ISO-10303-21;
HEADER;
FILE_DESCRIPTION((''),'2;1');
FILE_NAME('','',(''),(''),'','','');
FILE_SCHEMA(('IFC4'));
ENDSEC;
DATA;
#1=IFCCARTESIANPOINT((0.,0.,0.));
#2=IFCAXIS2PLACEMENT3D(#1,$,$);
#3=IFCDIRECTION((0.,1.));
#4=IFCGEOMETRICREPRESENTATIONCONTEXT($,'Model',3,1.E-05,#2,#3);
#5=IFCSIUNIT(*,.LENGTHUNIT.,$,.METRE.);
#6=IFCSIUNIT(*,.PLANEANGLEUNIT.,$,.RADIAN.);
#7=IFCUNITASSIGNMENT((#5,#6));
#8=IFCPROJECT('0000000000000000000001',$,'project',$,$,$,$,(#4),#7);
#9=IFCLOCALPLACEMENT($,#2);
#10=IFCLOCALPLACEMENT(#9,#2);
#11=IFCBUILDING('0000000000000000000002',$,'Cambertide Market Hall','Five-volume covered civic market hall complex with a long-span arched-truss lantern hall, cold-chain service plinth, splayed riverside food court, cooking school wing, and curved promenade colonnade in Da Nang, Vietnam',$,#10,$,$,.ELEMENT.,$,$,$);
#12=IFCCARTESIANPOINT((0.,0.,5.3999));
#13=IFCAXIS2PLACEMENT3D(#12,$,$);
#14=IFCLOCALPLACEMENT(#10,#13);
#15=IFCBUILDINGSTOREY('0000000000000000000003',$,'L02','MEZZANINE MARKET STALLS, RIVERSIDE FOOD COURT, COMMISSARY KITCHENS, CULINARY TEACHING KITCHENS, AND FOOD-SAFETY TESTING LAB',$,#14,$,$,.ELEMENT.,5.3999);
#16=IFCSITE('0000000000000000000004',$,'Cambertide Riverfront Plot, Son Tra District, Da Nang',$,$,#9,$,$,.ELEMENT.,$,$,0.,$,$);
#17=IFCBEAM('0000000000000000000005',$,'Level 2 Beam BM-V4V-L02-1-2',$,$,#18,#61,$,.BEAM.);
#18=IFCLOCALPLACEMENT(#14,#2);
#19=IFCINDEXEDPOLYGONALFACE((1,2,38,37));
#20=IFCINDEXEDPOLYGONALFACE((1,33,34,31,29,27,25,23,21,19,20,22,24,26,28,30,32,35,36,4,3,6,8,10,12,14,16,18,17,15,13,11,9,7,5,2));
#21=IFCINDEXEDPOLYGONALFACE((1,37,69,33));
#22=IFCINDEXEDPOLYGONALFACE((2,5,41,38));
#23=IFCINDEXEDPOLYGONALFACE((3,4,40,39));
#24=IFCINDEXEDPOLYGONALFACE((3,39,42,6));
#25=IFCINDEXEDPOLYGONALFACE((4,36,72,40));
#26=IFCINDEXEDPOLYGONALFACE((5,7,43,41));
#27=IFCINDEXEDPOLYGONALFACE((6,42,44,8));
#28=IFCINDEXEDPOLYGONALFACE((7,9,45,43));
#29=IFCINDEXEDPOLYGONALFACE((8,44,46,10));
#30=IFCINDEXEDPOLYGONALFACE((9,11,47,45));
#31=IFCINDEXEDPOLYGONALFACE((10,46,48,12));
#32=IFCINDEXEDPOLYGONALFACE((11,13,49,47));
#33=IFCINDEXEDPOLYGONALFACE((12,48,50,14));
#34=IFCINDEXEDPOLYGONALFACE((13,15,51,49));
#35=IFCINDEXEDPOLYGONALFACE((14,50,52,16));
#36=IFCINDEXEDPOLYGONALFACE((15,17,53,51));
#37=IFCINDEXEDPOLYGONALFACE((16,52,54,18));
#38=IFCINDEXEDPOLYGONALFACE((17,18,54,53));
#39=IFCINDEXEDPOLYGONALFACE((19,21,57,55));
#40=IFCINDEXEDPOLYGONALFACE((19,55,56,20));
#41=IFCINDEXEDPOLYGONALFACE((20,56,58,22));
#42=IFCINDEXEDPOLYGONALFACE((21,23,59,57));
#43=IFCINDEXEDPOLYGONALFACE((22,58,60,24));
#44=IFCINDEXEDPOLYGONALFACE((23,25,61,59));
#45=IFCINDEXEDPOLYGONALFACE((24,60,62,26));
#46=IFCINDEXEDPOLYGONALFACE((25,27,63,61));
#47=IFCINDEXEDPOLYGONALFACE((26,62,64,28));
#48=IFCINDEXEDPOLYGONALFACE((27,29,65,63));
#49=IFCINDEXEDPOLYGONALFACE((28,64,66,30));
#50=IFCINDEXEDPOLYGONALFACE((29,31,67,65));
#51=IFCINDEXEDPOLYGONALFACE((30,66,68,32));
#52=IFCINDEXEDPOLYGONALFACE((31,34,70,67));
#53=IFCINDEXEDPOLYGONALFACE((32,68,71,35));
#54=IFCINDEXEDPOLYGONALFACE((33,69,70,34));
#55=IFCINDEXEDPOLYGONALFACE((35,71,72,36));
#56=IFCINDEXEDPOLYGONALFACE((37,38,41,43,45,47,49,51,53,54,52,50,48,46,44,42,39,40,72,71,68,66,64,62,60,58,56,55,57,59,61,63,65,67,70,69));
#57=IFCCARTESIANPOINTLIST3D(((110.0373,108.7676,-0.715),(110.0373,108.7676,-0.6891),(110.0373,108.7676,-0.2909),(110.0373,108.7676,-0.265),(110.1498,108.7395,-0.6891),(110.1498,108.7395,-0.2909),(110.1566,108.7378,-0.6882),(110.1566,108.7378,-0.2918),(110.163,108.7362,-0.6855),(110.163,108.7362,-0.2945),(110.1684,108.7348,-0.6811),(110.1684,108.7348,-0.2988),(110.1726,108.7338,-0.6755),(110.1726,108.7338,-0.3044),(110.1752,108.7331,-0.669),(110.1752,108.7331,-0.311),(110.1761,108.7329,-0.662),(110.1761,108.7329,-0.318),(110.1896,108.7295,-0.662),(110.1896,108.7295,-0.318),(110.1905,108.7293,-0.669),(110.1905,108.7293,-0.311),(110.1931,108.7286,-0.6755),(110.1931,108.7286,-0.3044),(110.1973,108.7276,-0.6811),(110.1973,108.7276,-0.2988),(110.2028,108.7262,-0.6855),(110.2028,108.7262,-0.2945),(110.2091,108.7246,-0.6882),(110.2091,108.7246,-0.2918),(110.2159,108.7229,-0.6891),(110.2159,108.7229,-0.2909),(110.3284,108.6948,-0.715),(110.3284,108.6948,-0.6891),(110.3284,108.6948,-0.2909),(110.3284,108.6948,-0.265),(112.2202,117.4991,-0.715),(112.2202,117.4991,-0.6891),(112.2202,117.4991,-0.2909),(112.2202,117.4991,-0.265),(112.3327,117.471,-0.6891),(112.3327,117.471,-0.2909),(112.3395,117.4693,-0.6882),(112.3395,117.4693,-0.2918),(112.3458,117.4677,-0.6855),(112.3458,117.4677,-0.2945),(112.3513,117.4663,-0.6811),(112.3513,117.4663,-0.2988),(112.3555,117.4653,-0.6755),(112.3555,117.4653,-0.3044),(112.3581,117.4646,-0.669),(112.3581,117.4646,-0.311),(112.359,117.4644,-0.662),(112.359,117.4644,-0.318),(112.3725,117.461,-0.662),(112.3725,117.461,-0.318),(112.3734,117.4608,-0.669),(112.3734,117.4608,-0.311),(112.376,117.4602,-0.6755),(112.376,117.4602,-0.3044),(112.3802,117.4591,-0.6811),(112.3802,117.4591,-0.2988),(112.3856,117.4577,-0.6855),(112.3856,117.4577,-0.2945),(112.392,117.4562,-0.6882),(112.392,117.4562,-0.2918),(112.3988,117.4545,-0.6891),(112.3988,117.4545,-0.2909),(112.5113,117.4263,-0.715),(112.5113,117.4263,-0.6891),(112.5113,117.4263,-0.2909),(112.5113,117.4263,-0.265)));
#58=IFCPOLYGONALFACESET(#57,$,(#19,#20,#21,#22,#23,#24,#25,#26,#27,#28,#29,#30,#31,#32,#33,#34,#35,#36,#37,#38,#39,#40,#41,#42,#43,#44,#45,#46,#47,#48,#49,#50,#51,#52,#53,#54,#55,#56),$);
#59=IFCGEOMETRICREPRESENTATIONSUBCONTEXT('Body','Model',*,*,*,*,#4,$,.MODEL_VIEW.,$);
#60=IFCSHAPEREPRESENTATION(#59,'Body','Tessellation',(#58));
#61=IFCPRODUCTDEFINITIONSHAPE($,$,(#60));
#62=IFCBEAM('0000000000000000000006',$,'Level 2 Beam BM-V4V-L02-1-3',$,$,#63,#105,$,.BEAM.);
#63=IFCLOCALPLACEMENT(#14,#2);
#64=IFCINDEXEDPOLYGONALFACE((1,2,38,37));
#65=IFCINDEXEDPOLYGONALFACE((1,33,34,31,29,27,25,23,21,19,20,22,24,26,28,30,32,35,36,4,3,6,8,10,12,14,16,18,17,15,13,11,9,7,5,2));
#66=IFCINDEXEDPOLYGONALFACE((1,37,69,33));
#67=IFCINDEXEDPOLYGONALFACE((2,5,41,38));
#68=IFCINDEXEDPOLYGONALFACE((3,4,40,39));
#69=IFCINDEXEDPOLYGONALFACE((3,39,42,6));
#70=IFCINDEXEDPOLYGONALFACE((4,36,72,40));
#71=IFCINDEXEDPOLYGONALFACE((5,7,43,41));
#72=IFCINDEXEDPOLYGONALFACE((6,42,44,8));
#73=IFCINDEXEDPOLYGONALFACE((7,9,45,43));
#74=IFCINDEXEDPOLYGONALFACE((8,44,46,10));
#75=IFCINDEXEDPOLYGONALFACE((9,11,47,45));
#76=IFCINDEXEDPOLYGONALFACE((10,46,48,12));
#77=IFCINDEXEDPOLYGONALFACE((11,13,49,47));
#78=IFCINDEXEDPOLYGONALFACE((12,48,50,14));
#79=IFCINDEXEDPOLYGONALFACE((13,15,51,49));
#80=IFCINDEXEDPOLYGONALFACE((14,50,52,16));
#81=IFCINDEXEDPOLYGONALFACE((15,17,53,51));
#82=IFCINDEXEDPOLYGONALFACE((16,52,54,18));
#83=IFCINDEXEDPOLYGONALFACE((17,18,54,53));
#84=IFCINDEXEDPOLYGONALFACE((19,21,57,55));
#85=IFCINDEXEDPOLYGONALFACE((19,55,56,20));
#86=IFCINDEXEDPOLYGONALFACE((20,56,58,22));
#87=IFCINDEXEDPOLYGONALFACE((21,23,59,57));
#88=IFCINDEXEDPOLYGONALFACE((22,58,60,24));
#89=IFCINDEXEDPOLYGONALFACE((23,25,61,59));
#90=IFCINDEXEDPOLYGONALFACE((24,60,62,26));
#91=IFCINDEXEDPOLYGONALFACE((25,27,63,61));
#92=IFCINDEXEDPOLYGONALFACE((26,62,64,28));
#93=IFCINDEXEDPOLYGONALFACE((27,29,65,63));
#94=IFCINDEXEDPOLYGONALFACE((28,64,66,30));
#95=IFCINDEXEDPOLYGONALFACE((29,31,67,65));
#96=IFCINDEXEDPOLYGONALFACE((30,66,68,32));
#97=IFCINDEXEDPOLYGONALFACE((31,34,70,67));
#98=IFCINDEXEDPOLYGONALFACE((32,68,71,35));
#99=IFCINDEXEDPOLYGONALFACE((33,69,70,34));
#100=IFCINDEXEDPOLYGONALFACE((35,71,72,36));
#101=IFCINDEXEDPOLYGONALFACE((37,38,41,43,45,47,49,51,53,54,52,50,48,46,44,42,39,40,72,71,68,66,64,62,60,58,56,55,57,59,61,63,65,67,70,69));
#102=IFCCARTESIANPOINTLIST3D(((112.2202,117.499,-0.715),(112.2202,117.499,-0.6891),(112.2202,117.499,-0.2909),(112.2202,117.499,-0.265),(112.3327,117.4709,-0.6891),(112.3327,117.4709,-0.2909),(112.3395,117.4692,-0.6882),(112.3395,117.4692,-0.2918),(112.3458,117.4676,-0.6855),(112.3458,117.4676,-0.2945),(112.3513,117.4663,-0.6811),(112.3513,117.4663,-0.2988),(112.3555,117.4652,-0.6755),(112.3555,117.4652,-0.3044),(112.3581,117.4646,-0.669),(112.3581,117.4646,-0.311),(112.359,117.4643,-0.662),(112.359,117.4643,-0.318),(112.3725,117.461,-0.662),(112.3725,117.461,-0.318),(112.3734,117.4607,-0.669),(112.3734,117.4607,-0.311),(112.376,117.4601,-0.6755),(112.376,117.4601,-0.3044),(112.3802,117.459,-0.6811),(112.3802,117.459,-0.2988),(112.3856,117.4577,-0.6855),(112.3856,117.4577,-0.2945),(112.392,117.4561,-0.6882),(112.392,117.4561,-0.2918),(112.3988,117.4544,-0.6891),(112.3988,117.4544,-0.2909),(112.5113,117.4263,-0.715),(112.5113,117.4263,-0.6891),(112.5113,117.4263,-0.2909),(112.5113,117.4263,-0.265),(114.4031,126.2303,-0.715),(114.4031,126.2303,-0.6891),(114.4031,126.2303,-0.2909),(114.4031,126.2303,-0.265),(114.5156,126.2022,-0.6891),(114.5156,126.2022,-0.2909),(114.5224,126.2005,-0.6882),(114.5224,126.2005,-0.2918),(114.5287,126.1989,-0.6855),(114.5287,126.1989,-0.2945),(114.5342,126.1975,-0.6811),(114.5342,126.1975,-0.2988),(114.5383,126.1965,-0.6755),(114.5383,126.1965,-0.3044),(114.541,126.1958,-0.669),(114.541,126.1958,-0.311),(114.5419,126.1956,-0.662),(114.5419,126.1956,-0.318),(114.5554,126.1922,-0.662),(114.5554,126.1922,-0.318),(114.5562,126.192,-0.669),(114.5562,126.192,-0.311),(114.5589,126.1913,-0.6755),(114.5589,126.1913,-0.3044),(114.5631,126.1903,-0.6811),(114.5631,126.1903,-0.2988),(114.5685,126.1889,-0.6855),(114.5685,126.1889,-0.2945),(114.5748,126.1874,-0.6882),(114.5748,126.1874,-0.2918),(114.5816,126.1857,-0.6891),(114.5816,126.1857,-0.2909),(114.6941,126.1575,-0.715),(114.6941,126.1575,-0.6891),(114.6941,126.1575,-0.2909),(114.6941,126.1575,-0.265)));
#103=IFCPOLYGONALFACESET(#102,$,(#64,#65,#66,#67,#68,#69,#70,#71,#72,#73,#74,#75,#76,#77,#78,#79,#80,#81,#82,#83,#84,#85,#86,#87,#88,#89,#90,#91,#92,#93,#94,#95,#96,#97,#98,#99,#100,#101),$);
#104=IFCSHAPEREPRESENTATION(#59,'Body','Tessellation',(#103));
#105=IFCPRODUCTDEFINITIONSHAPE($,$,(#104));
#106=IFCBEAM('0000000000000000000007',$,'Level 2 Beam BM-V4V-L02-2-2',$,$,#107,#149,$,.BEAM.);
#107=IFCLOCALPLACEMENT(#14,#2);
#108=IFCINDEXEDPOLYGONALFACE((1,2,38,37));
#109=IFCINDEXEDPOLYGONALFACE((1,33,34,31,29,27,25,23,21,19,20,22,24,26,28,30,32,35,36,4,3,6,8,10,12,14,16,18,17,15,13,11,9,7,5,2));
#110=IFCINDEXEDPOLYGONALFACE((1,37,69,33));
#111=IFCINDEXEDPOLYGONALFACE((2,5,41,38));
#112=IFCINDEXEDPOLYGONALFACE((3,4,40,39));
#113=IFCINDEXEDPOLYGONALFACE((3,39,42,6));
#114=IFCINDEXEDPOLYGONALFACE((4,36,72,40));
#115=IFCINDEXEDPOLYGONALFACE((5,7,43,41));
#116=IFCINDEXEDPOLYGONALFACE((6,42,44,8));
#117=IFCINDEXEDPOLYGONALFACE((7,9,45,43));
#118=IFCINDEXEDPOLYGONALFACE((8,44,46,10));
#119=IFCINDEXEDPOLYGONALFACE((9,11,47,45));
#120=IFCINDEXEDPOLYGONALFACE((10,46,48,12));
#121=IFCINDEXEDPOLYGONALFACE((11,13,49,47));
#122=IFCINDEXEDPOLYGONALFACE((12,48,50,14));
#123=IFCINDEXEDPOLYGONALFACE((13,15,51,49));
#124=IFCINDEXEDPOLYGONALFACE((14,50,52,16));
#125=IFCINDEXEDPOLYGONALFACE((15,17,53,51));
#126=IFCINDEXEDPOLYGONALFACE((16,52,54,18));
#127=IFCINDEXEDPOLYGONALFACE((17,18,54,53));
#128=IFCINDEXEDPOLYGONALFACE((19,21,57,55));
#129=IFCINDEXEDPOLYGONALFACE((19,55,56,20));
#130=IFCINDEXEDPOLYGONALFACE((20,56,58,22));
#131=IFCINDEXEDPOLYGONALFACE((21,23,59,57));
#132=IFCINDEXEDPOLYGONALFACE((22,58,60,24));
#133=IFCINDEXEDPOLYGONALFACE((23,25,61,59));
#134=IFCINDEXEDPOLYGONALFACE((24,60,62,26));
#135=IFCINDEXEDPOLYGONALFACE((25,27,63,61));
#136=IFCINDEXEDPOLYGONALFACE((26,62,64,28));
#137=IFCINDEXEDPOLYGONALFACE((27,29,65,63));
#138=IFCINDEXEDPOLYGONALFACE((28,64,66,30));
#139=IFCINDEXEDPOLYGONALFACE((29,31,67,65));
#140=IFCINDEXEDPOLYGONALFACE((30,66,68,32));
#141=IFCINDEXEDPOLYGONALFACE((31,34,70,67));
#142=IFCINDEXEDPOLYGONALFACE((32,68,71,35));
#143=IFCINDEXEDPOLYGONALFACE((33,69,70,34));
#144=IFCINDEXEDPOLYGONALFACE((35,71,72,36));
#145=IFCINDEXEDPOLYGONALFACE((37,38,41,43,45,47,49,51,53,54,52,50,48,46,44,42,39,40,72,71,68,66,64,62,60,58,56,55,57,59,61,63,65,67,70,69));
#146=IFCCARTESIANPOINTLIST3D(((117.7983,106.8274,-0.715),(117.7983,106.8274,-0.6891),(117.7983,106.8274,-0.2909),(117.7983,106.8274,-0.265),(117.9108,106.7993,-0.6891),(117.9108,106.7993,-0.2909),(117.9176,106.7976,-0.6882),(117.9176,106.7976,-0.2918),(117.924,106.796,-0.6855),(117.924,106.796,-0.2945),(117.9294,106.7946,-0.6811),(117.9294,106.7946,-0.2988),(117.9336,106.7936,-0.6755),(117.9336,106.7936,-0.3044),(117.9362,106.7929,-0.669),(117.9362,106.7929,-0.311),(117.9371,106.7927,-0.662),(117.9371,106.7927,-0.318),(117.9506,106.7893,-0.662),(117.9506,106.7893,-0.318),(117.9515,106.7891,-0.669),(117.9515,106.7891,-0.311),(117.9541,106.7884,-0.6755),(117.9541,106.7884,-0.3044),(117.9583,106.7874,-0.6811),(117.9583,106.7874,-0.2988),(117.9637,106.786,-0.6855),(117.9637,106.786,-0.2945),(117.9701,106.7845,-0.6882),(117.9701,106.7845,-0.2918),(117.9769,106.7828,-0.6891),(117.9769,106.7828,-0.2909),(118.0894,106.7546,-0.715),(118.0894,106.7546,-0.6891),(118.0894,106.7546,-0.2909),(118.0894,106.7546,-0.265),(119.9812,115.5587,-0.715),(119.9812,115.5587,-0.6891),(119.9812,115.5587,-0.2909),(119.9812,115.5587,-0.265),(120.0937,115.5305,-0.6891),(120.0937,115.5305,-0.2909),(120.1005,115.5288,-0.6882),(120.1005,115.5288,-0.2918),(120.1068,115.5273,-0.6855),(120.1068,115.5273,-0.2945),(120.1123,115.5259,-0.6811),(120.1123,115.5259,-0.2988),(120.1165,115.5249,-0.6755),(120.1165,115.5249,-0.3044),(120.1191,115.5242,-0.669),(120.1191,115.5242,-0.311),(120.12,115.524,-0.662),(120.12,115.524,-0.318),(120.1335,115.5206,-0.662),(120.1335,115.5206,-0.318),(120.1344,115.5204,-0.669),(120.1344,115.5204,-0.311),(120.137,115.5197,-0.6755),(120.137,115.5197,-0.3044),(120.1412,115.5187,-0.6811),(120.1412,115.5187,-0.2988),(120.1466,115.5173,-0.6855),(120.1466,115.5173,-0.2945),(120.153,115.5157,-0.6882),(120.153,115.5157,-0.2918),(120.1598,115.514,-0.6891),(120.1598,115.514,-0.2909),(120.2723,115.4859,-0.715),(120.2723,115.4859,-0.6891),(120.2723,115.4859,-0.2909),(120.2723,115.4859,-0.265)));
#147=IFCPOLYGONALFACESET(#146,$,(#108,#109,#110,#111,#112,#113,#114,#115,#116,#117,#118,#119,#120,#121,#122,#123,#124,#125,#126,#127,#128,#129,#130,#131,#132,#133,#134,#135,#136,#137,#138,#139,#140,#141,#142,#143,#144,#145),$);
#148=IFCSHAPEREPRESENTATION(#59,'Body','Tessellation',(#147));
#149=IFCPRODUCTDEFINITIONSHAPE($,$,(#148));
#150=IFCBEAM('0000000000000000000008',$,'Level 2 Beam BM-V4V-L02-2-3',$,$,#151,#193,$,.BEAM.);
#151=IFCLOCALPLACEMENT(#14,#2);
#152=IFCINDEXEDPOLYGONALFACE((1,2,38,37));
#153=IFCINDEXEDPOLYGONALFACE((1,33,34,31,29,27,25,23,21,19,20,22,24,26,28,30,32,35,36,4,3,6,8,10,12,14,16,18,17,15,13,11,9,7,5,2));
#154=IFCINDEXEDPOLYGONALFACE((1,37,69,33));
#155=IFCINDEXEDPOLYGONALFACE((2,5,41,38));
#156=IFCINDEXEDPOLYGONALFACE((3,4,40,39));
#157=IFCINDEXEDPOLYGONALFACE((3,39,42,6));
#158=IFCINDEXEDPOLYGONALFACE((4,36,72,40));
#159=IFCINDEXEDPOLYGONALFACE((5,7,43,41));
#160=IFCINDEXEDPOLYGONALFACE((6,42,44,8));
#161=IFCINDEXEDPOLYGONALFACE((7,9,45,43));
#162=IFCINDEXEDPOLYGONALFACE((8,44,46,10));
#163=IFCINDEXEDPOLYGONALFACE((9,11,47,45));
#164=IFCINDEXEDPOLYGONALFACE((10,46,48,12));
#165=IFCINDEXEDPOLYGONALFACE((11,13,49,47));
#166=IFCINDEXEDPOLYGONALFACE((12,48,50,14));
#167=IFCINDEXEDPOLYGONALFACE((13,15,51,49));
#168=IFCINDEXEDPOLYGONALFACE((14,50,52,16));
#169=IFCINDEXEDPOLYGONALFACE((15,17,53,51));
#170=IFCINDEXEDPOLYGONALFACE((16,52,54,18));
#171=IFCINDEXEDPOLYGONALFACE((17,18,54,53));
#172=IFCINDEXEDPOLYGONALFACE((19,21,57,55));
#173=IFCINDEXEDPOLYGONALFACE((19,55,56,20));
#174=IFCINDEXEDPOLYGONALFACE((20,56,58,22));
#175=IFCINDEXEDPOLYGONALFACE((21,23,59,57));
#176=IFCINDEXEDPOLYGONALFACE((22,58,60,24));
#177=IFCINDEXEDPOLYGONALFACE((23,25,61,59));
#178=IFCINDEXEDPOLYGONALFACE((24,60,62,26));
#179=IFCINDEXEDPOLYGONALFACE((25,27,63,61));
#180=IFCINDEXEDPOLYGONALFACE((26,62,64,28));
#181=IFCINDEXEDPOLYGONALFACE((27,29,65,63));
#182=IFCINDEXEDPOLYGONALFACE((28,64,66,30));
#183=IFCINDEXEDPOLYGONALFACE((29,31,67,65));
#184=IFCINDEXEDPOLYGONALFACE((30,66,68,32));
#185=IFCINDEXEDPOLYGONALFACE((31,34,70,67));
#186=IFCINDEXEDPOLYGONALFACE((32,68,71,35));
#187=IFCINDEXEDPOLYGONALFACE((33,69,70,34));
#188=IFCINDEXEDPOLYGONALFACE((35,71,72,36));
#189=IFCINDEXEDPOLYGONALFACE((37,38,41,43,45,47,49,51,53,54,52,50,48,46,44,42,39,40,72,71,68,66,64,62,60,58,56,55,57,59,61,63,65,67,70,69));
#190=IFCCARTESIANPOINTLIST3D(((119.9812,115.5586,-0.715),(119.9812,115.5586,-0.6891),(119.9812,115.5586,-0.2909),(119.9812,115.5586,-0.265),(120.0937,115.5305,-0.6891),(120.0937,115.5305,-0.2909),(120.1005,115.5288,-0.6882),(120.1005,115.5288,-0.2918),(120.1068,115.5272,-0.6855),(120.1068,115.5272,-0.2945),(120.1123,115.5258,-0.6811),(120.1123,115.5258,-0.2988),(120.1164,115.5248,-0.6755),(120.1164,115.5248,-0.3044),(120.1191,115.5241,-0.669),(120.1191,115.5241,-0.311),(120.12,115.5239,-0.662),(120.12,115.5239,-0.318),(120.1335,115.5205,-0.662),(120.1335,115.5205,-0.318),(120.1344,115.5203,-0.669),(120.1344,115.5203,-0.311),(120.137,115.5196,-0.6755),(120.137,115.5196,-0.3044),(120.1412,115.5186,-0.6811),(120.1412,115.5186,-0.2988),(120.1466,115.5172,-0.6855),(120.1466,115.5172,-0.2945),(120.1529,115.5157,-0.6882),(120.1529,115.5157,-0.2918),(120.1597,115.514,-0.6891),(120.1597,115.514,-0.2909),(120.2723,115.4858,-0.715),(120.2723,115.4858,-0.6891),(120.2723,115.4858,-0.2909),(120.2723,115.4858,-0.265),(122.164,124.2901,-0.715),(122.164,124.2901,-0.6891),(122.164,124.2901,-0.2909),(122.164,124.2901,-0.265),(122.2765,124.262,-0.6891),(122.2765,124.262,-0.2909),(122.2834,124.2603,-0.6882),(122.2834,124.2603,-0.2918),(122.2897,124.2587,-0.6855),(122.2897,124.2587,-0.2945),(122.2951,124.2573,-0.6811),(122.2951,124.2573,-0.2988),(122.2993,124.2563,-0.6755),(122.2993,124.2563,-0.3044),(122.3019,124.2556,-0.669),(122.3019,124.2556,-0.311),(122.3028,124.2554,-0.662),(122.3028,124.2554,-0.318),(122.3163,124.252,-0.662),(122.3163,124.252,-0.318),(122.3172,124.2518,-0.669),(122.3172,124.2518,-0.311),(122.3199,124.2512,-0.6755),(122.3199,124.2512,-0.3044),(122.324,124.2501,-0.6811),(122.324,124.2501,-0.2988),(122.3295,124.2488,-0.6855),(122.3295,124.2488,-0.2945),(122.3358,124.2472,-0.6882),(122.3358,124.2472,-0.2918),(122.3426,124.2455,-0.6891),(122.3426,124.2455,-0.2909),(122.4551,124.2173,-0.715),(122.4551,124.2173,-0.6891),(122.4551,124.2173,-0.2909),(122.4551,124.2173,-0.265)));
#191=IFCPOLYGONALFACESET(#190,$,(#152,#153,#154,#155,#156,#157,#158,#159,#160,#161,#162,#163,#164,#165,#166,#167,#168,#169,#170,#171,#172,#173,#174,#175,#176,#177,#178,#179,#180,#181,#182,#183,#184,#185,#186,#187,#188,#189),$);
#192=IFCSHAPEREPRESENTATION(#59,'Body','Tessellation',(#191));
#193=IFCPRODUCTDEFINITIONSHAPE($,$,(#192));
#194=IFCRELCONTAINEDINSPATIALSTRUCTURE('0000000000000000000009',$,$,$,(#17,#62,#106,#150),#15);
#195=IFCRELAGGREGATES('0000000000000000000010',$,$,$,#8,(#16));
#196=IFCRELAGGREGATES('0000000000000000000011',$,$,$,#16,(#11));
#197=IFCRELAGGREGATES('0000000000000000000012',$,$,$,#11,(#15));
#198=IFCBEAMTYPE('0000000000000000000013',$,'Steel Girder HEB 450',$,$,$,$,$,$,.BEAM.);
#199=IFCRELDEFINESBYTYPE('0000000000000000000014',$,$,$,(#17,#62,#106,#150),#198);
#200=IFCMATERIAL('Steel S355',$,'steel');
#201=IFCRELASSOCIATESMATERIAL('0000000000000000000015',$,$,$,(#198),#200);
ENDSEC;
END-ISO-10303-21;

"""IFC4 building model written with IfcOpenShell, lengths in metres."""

from ifc_helpers import new_model, si_unit, direction, frame, origin, origin_2d, place, context, subcontext, project, spatial, i_section, extrude, material, material_profile, profile_set, type_object, element, save


model = new_model("IFC4")

# Units and contexts
model_context = context("Model", 3, precision=1e-05, world=origin(), true_north=direction((0.0, 1.0)))
body_context = subcontext(model_context, "Body", "Model", "MODEL_VIEW")
ifc_project = project(units=[si_unit("LENGTHUNIT", "METRE"), si_unit("PLANEANGLEUNIT", "RADIAN")], contexts=[model_context])

# Site, building, storey
site_placement = place(None, origin())
site = spatial("IfcSite", under=ifc_project, at=site_placement, Name="Cambertide Riverfront Plot, Son Tra District, Da Nang", CompositionType="ELEMENT", RefElevation=0.0)
building_placement = place(site_placement, origin())
building = spatial("IfcBuilding", under=site, at=building_placement, Name="Cambertide Market Hall", Description="Five-volume covered civic market hall complex with a long-span arched-truss lantern hall, cold-chain service plinth, splayed riverside food court, cooking school wing, and curved promenade colonnade in Da Nang, Vietnam", CompositionType="ELEMENT")
storey_placement = place(building_placement, frame((0.0, 0.0, 5.3999)))
storey = spatial("IfcBuildingStorey", under=building, at=storey_placement, Name="L02", Description="MEZZANINE MARKET STALLS, RIVERSIDE FOOD COURT, COMMISSARY KITCHENS, CULINARY TEACHING KITCHENS, AND FOOD-SAFETY TESTING LAB", CompositionType="ELEMENT", Elevation=5.3999)

# Beams
ifc_material_1 = material(Name="Steel S355", Category="steel")
ifc_material_profile_1 = material_profile(ifc_material_1, i_section(OverallWidth=0.3, OverallDepth=0.45, WebThickness=0.0139, FlangeThickness=0.0259, FilletRadius=0.0271, at=origin_2d()), Name="HEB 450")
ifc_profile_set_1 = profile_set([ifc_material_profile_1], Name="Steel S355")
beam_type_1 = type_object("IfcBeamType", Name="Steel Girder HEB 450", PredefinedType="BEAM", material=ifc_profile_set_1)
beam_1_placement = place(storey_placement, frame((110.1829, 108.7312, -0.49), z_axis=(0.242536, 0.970143, 0.0), x_axis=(-0.970143, 0.242536, 0.0)))
element("IfcBeam", 1, at=beam_1_placement, inside=storey, type_object=beam_type_1, Name="Level 2 Beam BM-V4V-L02-1-2", PredefinedType="BEAM", context=body_context, shape_type="SweptSolid", body=[
    extrude(i_section(OverallWidth=0.3, OverallDepth=0.45, WebThickness=0.0139, FlangeThickness=0.0259, FilletRadius=0.0271, at=origin_2d()), origin(), (0.0, 0.0, 1.0), 9.0002),
])
for number, where, z_axis, x_axis, name in (
    (2, (112.3657, 117.4626, -0.49), (0.242542, 0.970141, 0.0), (-0.970141, 0.242542, 0.0), "Level 2 Beam BM-V4V-L02-1-3"),
    (3, (117.9438, 106.791, -0.49), (0.242542, 0.970141, 0.0), (-0.970141, 0.242542, 0.0), "Level 2 Beam BM-V4V-L02-2-2"),
):
    element("IfcBeam", number, at=place(storey_placement, frame(where, z_axis=z_axis, x_axis=x_axis)), inside=storey, type_object=beam_type_1, Name=name, PredefinedType="BEAM", context=body_context, shape_type="SweptSolid", body=[
        extrude(i_section(OverallWidth=0.3, OverallDepth=0.45, WebThickness=0.0139, FlangeThickness=0.0259, FilletRadius=0.0271, at=origin_2d()), origin(), (0.0, 0.0, 1.0), 9.0),
    ])
beam_2_placement = place(storey_placement, frame((120.1267, 115.5222, -0.49), z_axis=(0.242536, 0.970143, 0.0), x_axis=(-0.970143, 0.242536, 0.0)))
element("IfcBeam", 4, at=beam_2_placement, inside=storey, type_object=beam_type_1, Name="Level 2 Beam BM-V4V-L02-2-3", PredefinedType="BEAM", context=body_context, shape_type="SweptSolid", body=[
    extrude(i_section(OverallWidth=0.3, OverallDepth=0.45, WebThickness=0.0139, FlangeThickness=0.0259, FilletRadius=0.0271, at=origin_2d()), origin(), (0.0, 0.0, 1.0), 9.0002),
])

save(model, "model.ifc")
